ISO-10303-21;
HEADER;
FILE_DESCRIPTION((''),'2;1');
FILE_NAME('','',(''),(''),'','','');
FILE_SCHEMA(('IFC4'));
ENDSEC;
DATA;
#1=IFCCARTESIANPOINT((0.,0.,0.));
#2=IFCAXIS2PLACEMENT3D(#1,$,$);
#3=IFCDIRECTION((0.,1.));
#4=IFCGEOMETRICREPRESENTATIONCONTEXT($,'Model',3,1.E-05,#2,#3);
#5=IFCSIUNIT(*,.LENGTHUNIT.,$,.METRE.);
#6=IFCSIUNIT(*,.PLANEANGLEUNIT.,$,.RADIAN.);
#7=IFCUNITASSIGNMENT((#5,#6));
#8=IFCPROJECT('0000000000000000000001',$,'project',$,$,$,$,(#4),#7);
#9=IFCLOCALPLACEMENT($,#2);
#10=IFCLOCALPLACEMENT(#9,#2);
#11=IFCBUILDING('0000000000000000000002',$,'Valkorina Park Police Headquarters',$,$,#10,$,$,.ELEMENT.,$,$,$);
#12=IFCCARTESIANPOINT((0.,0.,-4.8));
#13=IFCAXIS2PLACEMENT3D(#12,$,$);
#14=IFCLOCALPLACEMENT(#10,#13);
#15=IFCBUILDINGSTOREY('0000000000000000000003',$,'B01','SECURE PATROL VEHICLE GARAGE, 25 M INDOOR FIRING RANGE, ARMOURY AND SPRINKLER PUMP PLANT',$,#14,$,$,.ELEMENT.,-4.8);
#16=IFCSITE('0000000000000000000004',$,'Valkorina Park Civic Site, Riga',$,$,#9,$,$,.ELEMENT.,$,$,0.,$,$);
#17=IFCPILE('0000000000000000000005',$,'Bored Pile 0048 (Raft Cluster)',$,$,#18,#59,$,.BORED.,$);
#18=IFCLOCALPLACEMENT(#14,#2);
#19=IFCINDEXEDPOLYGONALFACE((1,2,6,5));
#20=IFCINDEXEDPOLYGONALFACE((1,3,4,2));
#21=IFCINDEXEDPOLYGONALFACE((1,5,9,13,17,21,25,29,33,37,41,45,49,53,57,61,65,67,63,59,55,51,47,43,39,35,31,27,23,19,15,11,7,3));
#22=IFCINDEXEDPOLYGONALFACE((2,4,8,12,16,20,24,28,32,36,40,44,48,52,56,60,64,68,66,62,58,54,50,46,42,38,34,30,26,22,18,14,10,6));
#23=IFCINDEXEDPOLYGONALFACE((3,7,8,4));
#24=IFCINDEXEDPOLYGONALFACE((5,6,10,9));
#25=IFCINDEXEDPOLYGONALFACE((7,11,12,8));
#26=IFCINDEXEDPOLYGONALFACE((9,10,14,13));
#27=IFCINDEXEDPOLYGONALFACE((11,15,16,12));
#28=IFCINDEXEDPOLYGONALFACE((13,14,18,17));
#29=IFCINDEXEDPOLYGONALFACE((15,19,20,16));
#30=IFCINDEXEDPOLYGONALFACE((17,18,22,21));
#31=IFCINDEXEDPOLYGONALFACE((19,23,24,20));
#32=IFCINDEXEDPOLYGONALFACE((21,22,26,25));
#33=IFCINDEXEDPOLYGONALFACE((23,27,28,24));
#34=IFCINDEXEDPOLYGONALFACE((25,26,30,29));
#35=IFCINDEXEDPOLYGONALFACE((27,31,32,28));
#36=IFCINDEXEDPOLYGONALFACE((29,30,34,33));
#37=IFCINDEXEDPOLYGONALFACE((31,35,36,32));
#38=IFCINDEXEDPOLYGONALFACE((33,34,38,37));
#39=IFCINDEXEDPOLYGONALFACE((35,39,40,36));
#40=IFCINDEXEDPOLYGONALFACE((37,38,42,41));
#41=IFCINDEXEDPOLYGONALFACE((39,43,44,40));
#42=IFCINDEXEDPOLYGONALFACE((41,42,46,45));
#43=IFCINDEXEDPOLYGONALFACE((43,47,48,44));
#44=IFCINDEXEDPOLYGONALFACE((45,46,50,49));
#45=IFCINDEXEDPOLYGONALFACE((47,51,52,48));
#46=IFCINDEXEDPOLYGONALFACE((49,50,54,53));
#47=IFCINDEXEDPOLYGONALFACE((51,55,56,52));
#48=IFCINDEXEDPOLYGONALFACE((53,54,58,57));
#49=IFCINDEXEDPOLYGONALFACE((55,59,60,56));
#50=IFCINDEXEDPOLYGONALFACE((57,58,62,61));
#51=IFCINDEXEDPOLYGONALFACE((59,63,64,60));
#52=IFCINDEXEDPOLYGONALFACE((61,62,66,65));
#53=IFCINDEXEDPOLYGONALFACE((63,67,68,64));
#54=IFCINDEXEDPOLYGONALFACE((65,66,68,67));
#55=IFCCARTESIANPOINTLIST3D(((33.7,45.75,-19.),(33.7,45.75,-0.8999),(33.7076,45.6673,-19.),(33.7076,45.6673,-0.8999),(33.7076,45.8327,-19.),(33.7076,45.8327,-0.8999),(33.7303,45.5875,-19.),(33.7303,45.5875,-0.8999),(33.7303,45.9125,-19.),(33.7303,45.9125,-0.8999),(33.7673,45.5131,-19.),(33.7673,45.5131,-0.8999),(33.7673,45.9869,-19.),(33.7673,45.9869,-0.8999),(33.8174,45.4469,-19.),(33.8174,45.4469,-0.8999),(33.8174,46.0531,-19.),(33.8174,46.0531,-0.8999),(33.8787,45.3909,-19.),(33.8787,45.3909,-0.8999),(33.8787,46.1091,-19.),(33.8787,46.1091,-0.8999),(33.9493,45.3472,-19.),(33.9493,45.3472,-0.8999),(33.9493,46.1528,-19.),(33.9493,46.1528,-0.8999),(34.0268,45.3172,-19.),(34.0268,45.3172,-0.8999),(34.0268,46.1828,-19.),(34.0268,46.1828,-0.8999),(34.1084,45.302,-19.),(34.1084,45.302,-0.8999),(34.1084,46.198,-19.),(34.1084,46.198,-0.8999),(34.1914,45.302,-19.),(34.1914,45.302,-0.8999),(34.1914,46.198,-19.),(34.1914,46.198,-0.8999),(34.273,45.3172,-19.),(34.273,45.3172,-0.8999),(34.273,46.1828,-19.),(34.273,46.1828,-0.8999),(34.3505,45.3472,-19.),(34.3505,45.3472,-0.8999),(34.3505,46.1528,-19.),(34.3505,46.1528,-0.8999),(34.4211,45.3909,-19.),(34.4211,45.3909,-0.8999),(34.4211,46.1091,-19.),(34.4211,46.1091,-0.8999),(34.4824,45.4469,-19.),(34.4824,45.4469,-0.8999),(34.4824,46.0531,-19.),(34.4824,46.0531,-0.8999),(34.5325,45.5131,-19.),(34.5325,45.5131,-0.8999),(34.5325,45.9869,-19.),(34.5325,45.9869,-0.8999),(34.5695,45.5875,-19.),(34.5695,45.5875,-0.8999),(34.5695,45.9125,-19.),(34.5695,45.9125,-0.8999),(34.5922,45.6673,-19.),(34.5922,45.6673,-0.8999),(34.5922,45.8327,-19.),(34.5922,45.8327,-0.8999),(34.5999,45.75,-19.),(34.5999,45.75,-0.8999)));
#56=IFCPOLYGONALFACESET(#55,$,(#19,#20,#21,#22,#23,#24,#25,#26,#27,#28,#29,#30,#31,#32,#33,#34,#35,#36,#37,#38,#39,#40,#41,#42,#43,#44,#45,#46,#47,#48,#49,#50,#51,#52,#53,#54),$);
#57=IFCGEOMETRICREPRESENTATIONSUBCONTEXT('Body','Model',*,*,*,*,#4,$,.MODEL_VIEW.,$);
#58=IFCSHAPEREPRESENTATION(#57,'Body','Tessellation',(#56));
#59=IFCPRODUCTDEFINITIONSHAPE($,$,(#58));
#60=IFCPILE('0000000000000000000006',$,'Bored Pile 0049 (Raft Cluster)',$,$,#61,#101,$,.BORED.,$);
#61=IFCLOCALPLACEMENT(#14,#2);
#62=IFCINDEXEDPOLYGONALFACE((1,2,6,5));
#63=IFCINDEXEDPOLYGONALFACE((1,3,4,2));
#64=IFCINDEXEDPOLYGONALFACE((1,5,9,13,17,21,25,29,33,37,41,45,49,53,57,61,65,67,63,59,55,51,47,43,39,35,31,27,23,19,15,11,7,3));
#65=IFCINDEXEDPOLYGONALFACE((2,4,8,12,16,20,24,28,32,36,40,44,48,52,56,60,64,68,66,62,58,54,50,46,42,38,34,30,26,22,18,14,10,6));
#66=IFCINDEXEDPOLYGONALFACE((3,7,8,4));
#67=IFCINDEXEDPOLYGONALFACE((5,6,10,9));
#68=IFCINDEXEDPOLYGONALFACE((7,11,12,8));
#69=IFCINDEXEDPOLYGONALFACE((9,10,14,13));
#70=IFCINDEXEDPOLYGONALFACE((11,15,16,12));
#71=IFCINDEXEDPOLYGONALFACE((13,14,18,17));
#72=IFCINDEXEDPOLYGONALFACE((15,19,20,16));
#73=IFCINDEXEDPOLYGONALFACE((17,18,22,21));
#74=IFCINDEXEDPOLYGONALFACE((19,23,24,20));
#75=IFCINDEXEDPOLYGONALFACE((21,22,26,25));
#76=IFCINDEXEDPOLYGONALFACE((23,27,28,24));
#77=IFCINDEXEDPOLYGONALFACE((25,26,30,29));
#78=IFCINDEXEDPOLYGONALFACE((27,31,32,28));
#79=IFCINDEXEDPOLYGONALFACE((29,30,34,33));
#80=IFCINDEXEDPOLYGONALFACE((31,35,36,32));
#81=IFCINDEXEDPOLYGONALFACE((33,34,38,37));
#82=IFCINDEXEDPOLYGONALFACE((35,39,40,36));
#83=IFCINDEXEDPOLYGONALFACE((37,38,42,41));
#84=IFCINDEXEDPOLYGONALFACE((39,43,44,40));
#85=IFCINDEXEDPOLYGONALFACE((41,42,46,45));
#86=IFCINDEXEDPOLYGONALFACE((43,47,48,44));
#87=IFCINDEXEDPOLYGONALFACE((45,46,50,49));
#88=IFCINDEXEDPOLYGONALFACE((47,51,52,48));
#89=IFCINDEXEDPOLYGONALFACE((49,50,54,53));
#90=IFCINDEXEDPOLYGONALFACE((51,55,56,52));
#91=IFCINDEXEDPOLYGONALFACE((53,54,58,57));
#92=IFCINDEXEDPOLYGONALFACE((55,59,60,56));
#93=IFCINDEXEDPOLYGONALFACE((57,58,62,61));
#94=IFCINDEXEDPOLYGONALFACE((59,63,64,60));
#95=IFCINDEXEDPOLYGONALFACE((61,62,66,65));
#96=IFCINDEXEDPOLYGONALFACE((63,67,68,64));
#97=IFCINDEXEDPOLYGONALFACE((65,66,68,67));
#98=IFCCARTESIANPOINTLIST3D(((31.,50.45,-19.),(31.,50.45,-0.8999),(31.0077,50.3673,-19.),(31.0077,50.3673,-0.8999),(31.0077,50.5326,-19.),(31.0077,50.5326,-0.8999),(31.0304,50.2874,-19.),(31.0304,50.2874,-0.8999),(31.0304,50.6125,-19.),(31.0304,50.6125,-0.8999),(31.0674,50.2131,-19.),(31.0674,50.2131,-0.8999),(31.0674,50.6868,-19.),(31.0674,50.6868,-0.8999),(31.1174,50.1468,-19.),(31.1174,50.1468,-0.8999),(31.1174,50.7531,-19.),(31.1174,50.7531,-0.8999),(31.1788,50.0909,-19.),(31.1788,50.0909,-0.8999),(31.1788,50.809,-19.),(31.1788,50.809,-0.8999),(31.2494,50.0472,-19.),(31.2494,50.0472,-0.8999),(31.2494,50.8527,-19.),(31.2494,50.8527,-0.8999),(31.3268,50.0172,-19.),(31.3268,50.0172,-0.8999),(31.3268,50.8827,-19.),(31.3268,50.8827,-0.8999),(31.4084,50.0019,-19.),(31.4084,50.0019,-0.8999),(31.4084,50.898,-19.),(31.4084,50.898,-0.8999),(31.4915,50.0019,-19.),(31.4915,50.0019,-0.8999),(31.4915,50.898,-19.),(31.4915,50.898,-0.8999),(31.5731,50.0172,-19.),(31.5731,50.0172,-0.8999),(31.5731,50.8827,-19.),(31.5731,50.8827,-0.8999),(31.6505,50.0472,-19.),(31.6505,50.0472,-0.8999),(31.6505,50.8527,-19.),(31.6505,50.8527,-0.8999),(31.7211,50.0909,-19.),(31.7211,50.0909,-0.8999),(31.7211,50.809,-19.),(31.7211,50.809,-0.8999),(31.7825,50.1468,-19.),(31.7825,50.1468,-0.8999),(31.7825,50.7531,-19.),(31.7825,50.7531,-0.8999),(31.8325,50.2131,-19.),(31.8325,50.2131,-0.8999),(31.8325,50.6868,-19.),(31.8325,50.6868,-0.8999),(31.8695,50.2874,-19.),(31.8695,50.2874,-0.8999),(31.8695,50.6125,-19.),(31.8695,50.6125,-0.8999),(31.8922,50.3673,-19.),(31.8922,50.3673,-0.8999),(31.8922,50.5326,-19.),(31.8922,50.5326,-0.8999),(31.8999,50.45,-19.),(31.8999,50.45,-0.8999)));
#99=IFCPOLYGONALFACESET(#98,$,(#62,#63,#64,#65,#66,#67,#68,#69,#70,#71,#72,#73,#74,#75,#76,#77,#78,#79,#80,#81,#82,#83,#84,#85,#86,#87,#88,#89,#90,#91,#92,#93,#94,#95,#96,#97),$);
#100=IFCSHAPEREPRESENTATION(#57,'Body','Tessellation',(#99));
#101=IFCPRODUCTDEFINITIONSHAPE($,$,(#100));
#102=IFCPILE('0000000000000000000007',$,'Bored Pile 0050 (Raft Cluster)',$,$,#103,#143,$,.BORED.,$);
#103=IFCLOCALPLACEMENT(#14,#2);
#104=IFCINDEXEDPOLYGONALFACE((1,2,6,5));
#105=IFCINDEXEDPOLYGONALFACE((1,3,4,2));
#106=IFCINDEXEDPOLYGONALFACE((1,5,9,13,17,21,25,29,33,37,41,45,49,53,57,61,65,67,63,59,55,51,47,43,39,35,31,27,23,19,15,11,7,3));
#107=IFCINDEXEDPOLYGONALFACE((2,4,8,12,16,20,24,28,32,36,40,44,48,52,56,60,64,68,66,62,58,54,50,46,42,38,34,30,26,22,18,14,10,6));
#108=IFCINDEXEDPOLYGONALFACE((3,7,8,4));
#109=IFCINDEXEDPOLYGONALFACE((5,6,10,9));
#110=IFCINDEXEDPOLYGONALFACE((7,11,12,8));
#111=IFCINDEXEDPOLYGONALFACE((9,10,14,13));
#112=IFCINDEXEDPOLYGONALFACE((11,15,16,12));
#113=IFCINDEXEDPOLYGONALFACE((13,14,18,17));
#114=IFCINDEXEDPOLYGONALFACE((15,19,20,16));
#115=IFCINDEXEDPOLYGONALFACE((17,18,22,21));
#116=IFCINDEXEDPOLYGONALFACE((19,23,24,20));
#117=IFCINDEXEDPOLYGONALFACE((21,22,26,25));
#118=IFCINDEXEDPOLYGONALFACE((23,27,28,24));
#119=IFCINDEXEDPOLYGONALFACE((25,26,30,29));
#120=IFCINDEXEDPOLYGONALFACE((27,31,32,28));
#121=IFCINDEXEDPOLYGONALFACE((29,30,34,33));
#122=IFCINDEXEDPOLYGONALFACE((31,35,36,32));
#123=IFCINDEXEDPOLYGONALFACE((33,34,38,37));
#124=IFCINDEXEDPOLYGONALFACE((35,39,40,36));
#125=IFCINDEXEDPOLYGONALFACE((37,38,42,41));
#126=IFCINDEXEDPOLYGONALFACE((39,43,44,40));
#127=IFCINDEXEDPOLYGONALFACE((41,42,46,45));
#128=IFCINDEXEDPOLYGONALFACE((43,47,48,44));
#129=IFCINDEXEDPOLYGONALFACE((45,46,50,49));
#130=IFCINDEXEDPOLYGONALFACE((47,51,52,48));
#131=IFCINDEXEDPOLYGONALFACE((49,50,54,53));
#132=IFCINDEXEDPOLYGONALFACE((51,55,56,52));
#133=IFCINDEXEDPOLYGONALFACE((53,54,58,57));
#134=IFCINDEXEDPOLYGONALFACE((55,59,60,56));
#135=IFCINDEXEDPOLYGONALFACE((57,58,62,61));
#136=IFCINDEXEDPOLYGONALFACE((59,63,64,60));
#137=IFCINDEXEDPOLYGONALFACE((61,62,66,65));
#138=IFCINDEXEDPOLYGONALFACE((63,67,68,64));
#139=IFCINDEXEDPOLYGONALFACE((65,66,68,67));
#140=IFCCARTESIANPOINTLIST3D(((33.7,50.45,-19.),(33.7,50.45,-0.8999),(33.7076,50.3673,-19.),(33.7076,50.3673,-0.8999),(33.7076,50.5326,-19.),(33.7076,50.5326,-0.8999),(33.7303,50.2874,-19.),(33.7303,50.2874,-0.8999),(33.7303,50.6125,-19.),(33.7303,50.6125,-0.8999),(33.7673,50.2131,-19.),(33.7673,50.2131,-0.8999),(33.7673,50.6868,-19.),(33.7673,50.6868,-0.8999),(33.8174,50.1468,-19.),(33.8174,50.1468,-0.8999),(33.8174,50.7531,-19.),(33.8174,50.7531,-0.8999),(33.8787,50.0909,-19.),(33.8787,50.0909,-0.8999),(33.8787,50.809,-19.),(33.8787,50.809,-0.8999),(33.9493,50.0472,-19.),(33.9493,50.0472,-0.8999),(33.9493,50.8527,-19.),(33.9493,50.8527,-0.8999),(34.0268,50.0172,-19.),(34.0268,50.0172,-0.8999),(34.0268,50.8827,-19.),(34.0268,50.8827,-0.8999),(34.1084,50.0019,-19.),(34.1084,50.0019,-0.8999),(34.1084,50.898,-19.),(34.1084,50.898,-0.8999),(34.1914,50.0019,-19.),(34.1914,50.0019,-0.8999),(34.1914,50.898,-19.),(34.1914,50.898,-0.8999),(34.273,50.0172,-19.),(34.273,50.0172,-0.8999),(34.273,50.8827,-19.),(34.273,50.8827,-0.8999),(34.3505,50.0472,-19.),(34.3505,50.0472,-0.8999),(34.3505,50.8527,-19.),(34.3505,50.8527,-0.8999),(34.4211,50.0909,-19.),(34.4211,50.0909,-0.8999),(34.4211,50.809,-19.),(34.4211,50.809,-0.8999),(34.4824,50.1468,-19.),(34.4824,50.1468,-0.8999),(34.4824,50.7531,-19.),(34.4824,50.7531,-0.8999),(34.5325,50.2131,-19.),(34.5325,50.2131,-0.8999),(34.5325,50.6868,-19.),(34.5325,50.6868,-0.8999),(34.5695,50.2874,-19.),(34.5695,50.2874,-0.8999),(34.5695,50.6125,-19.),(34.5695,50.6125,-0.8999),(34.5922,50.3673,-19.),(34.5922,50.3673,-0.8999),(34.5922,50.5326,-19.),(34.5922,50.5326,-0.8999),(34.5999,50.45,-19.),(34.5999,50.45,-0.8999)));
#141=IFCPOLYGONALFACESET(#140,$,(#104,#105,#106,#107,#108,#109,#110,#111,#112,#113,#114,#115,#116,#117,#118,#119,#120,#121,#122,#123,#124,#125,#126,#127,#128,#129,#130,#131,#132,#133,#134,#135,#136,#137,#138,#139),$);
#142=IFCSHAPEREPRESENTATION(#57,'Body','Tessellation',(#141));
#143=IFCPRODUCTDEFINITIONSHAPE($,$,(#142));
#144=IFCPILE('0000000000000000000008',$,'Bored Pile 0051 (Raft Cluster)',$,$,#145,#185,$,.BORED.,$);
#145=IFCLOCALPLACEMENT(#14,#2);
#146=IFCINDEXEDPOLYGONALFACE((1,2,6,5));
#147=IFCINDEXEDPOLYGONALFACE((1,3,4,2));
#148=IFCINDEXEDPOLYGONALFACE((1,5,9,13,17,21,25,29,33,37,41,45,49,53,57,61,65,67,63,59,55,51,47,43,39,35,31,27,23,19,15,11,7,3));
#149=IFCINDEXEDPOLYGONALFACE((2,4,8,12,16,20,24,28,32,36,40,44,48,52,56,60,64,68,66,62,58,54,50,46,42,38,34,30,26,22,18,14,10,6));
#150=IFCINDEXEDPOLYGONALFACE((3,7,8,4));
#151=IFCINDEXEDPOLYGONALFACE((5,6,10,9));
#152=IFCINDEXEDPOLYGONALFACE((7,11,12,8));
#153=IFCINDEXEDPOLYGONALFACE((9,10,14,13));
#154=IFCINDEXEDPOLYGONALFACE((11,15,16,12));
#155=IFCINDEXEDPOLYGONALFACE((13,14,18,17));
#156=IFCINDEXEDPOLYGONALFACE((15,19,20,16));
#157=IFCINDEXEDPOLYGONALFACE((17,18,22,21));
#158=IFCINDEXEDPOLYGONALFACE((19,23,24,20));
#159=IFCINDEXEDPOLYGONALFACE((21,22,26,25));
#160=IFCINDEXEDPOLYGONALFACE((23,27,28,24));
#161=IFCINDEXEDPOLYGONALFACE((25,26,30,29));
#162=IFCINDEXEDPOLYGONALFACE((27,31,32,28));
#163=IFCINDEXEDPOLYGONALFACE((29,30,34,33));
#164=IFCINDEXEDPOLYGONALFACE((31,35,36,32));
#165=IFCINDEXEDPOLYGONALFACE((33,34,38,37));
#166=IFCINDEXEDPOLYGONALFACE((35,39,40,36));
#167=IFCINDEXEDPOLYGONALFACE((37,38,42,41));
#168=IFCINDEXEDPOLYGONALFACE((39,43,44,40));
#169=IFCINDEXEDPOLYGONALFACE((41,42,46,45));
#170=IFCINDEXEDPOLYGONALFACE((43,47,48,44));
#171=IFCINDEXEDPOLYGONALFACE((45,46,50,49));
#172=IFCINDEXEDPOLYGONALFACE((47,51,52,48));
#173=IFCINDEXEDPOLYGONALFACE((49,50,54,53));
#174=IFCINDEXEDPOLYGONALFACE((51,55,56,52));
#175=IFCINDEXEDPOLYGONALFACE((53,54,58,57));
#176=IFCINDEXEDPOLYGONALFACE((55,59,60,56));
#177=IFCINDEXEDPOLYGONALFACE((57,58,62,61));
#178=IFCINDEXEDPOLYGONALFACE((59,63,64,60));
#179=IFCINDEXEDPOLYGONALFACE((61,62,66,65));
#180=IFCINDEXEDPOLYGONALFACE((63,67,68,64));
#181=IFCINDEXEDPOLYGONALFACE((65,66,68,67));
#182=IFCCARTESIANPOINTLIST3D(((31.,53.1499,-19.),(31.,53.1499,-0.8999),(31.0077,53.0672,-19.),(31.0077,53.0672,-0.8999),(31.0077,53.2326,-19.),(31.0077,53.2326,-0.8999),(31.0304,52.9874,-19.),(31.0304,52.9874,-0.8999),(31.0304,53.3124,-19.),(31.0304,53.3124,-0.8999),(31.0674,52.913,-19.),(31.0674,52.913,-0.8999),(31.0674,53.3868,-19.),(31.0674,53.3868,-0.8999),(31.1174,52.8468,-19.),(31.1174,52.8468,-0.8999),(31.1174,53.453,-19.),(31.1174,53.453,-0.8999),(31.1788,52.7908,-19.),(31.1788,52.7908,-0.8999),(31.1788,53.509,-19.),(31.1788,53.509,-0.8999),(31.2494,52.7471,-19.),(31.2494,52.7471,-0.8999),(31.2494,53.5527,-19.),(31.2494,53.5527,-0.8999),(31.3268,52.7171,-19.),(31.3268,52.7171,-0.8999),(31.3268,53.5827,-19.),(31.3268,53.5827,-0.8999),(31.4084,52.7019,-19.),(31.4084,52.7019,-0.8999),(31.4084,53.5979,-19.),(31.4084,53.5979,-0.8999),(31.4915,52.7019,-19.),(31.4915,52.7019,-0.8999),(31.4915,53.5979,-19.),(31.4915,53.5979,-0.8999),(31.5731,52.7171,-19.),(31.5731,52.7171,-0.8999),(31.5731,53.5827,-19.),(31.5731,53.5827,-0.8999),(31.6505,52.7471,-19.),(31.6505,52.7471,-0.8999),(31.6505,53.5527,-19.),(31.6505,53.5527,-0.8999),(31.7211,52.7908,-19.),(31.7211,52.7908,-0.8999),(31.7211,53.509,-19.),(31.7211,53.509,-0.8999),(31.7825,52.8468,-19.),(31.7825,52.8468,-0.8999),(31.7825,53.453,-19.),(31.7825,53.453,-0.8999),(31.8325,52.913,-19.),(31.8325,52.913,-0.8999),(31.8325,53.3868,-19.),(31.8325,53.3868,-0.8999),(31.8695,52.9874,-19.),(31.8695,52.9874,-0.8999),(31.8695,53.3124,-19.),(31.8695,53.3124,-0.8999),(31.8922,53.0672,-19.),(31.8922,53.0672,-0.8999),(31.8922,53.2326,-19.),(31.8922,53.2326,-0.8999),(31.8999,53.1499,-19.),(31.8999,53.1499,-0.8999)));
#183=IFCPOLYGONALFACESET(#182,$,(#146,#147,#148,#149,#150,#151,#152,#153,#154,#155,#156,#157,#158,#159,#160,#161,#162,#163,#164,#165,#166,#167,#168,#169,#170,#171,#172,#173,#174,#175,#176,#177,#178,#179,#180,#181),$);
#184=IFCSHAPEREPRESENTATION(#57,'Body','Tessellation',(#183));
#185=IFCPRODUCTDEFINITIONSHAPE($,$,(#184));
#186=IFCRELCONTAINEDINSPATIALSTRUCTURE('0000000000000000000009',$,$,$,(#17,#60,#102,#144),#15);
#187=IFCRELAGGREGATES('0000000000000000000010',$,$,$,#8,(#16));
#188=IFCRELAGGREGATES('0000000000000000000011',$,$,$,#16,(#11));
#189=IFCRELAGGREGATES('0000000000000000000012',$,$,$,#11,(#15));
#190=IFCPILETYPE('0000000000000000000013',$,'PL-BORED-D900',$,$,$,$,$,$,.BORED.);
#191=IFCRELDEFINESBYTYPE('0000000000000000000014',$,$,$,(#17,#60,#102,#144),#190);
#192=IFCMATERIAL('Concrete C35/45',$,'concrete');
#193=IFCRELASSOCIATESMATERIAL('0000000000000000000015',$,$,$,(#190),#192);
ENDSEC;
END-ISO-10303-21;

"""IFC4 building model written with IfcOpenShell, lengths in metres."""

from ifc_helpers import new_model, si_unit, direction, frame, origin, origin_2d, place, context, subcontext, project, spatial, circle, extrude, material, material_profile, profile_set, type_object, element, save


model = new_model("IFC4")

# Units and contexts
model_context = context("Model", 3, precision=1e-05, world=origin(), true_north=direction((0.0, 1.0)))
body_context = subcontext(model_context, "Body", "Model", "MODEL_VIEW")
ifc_project = project(units=[si_unit("LENGTHUNIT", "METRE"), si_unit("PLANEANGLEUNIT", "RADIAN")], contexts=[model_context])

# Site, building, storey
site_placement = place(None, origin())
site = spatial("IfcSite", under=ifc_project, at=site_placement, Name="Valkorina Park Civic Site, Riga", CompositionType="ELEMENT", RefElevation=0.0)
building_placement = place(site_placement, origin())
building = spatial("IfcBuilding", under=site, at=building_placement, Name="Valkorina Park Police Headquarters", CompositionType="ELEMENT")
storey_placement = place(building_placement, frame((0.0, 0.0, -4.8)))
storey = spatial("IfcBuildingStorey", under=building, at=storey_placement, Name="B01", Description="SECURE PATROL VEHICLE GARAGE, 25 M INDOOR FIRING RANGE, ARMOURY AND SPRINKLER PUMP PLANT", CompositionType="ELEMENT", Elevation=-4.8)

# Piles
ifc_material_1 = material(Name="Concrete C35/45", Category="concrete")
ifc_material_profile_1 = material_profile(ifc_material_1, circle(Radius=0.45, at=origin_2d()), Name="BORED PILE D900")
ifc_profile_set_1 = profile_set([ifc_material_profile_1], Name="Concrete C35/45")
pile_type = type_object("IfcPileType", Name="PL-BORED-D900", PredefinedType="BORED", material=ifc_profile_set_1)
for number, where, z_axis, x_axis, name in (
    (1, (34.1499, 45.75, -0.8999), (0.0, 0.0, -1.0), (1.0, 0.0, 0.0), "Bored Pile 0048 (Raft Cluster)"),
    (2, (31.45, 50.45, -0.8999), (0.0, 0.0, -1.0), (1.0, 0.0, 0.0), "Bored Pile 0049 (Raft Cluster)"),
    (3, (34.1499, 50.45, -0.8999), (0.0, 0.0, -1.0), (1.0, 0.0, 0.0), "Bored Pile 0050 (Raft Cluster)"),
    (4, (31.45, 53.1499, -0.8999), (0.0, 0.0, -1.0), (1.0, 0.0, 0.0), "Bored Pile 0051 (Raft Cluster)"),
):
    element("IfcPile", number, at=place(storey_placement, frame(where, z_axis=z_axis, x_axis=x_axis)), inside=storey, type_object=pile_type, Name=name, PredefinedType="BORED", context=body_context, shape_type="SweptSolid", body=[
        extrude(circle(Radius=0.45, at=origin_2d()), origin(), (0.0, 0.0, 1.0), 18.1001),
    ])

save(model, "model.ifc")
